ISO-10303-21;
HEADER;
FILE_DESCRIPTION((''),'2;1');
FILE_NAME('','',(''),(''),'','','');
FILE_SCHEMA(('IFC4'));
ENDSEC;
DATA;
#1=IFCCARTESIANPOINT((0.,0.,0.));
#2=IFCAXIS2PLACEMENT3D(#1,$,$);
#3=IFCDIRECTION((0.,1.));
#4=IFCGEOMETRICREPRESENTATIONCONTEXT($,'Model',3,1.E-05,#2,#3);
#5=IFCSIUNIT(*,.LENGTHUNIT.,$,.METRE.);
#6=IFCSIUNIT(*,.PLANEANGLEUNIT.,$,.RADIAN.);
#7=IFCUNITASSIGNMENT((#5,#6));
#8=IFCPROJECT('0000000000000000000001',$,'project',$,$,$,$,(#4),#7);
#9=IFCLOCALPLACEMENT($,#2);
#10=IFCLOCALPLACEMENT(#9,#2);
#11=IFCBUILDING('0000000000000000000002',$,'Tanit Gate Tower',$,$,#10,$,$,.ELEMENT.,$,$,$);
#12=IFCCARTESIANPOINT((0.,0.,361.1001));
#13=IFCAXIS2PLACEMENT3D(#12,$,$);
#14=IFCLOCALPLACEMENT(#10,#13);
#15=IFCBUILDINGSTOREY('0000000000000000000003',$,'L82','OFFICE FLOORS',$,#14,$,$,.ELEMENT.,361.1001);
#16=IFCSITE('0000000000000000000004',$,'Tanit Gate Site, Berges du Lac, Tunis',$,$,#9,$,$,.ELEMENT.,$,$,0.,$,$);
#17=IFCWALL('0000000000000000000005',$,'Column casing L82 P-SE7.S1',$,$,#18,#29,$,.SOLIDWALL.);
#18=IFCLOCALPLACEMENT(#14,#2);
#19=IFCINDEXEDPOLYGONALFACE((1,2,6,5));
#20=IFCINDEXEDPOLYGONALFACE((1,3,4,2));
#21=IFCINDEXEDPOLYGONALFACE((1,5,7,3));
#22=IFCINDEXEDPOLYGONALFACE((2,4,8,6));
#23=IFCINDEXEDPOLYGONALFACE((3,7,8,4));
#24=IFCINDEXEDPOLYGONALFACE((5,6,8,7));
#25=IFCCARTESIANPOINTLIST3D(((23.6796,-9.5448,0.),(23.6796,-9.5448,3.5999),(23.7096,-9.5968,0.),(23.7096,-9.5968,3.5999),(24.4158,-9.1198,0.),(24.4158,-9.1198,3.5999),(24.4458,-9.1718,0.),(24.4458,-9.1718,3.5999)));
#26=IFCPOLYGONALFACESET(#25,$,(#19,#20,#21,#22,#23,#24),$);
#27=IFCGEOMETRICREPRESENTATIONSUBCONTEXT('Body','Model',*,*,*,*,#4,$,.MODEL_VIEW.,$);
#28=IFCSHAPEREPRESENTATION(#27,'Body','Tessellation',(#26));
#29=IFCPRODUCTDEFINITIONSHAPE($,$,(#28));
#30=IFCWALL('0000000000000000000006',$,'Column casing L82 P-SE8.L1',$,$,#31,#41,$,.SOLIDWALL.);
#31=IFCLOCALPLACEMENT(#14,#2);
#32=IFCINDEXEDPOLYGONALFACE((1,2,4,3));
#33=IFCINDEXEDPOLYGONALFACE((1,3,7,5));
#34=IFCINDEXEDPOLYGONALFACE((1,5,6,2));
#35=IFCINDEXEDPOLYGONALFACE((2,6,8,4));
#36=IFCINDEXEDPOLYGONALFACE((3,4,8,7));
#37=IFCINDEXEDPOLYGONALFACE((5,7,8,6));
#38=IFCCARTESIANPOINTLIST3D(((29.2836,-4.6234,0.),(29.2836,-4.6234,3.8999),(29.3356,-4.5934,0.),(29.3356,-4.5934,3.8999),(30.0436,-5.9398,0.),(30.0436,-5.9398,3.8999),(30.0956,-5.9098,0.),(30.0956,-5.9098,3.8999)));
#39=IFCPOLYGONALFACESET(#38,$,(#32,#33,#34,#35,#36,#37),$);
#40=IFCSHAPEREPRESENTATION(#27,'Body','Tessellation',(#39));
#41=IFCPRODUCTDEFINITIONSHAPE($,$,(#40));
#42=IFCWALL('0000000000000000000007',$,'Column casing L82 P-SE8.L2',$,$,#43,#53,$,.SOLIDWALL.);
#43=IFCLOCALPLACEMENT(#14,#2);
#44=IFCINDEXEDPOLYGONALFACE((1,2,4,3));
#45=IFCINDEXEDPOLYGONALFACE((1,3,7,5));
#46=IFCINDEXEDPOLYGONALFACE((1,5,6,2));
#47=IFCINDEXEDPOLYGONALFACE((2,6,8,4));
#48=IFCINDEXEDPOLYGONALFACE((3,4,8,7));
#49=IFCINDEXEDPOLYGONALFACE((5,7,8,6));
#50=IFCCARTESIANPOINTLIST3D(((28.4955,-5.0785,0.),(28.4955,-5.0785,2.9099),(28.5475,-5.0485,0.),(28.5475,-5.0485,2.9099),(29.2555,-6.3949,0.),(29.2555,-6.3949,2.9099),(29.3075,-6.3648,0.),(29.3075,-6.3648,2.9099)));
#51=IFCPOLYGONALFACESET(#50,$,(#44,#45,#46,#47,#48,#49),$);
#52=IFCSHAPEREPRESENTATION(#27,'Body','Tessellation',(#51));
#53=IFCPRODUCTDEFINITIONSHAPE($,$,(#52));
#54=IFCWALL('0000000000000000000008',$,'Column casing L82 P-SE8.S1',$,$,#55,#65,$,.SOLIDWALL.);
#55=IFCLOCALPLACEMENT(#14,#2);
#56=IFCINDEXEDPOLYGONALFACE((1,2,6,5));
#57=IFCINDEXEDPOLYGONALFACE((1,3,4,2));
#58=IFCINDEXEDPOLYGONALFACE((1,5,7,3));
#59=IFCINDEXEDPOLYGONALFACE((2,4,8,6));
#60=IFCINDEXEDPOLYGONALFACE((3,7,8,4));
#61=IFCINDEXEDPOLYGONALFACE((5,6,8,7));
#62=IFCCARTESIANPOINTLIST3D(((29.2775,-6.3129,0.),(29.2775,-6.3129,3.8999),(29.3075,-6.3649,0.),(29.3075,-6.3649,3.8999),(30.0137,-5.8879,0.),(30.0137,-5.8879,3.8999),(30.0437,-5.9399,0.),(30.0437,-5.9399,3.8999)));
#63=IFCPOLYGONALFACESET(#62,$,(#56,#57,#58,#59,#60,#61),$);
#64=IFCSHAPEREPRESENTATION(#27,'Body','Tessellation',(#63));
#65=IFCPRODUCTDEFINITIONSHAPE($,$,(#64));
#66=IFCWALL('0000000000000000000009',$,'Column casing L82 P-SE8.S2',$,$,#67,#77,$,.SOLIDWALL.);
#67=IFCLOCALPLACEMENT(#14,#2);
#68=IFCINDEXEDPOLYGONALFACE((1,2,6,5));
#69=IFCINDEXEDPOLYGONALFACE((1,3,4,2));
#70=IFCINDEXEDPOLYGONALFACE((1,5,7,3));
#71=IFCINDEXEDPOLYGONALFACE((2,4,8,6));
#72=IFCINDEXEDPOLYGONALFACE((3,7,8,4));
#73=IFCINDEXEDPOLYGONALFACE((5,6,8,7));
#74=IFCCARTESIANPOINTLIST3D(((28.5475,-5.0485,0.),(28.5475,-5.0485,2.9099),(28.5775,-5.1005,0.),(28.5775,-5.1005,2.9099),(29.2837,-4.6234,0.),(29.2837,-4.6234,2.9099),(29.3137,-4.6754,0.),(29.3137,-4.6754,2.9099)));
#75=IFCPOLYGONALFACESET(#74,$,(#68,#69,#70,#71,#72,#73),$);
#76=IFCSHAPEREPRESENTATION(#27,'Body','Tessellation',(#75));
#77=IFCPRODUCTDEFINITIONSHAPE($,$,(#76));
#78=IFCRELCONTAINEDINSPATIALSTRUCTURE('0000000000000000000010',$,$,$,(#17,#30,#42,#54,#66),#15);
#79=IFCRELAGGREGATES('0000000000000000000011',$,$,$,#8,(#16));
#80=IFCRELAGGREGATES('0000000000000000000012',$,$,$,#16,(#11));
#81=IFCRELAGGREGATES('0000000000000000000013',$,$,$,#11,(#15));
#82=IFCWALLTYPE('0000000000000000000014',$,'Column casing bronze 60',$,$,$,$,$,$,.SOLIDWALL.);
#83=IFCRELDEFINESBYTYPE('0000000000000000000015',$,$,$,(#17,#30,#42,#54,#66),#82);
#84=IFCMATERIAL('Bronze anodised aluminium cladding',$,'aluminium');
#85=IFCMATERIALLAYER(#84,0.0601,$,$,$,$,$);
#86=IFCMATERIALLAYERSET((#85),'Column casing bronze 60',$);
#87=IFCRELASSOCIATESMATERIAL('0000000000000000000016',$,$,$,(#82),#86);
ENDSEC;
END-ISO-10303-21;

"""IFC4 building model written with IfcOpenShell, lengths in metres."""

from ifc_helpers import new_model, si_unit, direction, frame, frame_2d, origin, place, context, subcontext, project, spatial, rectangle, extrude, material, layer, layer_set, type_object, element, save


model = new_model("IFC4")

# Units and contexts
model_context = context("Model", 3, precision=1e-05, world=origin(), true_north=direction((0.0, 1.0)))
body_context = subcontext(model_context, "Body", "Model", "MODEL_VIEW")
ifc_project = project(units=[si_unit("LENGTHUNIT", "METRE"), si_unit("PLANEANGLEUNIT", "RADIAN")], contexts=[model_context])

# Site, building, storey
site_placement = place(None, origin())
site = spatial("IfcSite", under=ifc_project, at=site_placement, Name="Tanit Gate Site, Berges du Lac, Tunis", CompositionType="ELEMENT", RefElevation=0.0)
building_placement = place(site_placement, origin())
building = spatial("IfcBuilding", under=site, at=building_placement, Name="Tanit Gate Tower", CompositionType="ELEMENT")
storey_placement = place(building_placement, frame((0.0, 0.0, 361.1001)))
storey = spatial("IfcBuildingStorey", under=building, at=storey_placement, Name="L82", Description="OFFICE FLOORS", CompositionType="ELEMENT", Elevation=361.1001)

# Walls
ifc_material_1 = material(Name="Bronze anodised aluminium cladding", Category="aluminium")
ifc_layer_1 = layer(ifc_material_1, 0.0601)
ifc_layer_set_1 = layer_set([ifc_layer_1], Name="Column casing bronze 60")
wall_type_1 = type_object("IfcWallType", Name="Column casing bronze 60", PredefinedType="SOLIDWALL", material=ifc_layer_set_1)
wall_1_placement = place(storey_placement, frame((23.6946, -9.5708, 0.0), z_axis=(0.0, 0.0, 1.0), x_axis=(0.866061, 0.499938, 0.0)))
element("IfcWall", 1, at=wall_1_placement, inside=storey, type_object=wall_type_1, Name="Column casing L82 P-SE7.S1", PredefinedType="SOLIDWALL", context=body_context, shape_type="SweptSolid", body=[
    extrude(rectangle(XDim=0.8501, YDim=0.0601, at=frame_2d((0.425, 0.0))), origin(), (0.0, 0.0, 1.0), 3.5999),
])
wall_2_placement = place(storey_placement, frame((29.3096, -4.6084, 0.0), z_axis=(0.0, 0.0, 1.0), x_axis=(0.499991, -0.86603, 0.0)))
element("IfcWall", 2, at=wall_2_placement, inside=storey, type_object=wall_type_1, Name="Column casing L82 P-SE8.L1", PredefinedType="SOLIDWALL", context=body_context, shape_type="SweptSolid", body=[
    extrude(rectangle(XDim=1.52, YDim=0.0601, at=frame_2d((0.76, 0.0))), origin(), (0.0, 0.0, 1.0), 3.8999),
])
wall_3_placement = place(storey_placement, frame((28.5215, -5.0635, 0.0), z_axis=(0.0, 0.0, 1.0), x_axis=(0.499991, -0.86603, 0.0)))
element("IfcWall", 3, at=wall_3_placement, inside=storey, type_object=wall_type_1, Name="Column casing L82 P-SE8.L2", PredefinedType="SOLIDWALL", context=body_context, shape_type="SweptSolid", body=[
    extrude(rectangle(XDim=1.52, YDim=0.0601, at=frame_2d((0.76, 0.0))), origin(), (0.0, 0.0, 1.0), 2.9099),
])
wall_4_placement = place(storey_placement, frame((29.2925, -6.3389, 0.0), z_axis=(0.0, 0.0, 1.0), x_axis=(0.866061, 0.499938, 0.0)))
element("IfcWall", 4, at=wall_4_placement, inside=storey, type_object=wall_type_1, Name="Column casing L82 P-SE8.S1", PredefinedType="SOLIDWALL", context=body_context, shape_type="SweptSolid", body=[
    extrude(rectangle(XDim=0.8501, YDim=0.0601, at=frame_2d((0.425, 0.0))), origin(), (0.0, 0.0, 1.0), 3.8999),
])
wall_5_placement = place(storey_placement, frame((28.5625, -5.0745, 0.0), z_axis=(0.0, 0.0, 1.0), x_axis=(0.865989, 0.500062, 0.0)))
element("IfcWall", 5, at=wall_5_placement, inside=storey, type_object=wall_type_1, Name="Column casing L82 P-SE8.S2", PredefinedType="SOLIDWALL", context=body_context, shape_type="SweptSolid", body=[
    extrude(rectangle(XDim=0.8501, YDim=0.0601, at=frame_2d((0.425, 0.0))), origin(), (0.0, 0.0, 1.0), 2.9099),
])

save(model, "model.ifc")
